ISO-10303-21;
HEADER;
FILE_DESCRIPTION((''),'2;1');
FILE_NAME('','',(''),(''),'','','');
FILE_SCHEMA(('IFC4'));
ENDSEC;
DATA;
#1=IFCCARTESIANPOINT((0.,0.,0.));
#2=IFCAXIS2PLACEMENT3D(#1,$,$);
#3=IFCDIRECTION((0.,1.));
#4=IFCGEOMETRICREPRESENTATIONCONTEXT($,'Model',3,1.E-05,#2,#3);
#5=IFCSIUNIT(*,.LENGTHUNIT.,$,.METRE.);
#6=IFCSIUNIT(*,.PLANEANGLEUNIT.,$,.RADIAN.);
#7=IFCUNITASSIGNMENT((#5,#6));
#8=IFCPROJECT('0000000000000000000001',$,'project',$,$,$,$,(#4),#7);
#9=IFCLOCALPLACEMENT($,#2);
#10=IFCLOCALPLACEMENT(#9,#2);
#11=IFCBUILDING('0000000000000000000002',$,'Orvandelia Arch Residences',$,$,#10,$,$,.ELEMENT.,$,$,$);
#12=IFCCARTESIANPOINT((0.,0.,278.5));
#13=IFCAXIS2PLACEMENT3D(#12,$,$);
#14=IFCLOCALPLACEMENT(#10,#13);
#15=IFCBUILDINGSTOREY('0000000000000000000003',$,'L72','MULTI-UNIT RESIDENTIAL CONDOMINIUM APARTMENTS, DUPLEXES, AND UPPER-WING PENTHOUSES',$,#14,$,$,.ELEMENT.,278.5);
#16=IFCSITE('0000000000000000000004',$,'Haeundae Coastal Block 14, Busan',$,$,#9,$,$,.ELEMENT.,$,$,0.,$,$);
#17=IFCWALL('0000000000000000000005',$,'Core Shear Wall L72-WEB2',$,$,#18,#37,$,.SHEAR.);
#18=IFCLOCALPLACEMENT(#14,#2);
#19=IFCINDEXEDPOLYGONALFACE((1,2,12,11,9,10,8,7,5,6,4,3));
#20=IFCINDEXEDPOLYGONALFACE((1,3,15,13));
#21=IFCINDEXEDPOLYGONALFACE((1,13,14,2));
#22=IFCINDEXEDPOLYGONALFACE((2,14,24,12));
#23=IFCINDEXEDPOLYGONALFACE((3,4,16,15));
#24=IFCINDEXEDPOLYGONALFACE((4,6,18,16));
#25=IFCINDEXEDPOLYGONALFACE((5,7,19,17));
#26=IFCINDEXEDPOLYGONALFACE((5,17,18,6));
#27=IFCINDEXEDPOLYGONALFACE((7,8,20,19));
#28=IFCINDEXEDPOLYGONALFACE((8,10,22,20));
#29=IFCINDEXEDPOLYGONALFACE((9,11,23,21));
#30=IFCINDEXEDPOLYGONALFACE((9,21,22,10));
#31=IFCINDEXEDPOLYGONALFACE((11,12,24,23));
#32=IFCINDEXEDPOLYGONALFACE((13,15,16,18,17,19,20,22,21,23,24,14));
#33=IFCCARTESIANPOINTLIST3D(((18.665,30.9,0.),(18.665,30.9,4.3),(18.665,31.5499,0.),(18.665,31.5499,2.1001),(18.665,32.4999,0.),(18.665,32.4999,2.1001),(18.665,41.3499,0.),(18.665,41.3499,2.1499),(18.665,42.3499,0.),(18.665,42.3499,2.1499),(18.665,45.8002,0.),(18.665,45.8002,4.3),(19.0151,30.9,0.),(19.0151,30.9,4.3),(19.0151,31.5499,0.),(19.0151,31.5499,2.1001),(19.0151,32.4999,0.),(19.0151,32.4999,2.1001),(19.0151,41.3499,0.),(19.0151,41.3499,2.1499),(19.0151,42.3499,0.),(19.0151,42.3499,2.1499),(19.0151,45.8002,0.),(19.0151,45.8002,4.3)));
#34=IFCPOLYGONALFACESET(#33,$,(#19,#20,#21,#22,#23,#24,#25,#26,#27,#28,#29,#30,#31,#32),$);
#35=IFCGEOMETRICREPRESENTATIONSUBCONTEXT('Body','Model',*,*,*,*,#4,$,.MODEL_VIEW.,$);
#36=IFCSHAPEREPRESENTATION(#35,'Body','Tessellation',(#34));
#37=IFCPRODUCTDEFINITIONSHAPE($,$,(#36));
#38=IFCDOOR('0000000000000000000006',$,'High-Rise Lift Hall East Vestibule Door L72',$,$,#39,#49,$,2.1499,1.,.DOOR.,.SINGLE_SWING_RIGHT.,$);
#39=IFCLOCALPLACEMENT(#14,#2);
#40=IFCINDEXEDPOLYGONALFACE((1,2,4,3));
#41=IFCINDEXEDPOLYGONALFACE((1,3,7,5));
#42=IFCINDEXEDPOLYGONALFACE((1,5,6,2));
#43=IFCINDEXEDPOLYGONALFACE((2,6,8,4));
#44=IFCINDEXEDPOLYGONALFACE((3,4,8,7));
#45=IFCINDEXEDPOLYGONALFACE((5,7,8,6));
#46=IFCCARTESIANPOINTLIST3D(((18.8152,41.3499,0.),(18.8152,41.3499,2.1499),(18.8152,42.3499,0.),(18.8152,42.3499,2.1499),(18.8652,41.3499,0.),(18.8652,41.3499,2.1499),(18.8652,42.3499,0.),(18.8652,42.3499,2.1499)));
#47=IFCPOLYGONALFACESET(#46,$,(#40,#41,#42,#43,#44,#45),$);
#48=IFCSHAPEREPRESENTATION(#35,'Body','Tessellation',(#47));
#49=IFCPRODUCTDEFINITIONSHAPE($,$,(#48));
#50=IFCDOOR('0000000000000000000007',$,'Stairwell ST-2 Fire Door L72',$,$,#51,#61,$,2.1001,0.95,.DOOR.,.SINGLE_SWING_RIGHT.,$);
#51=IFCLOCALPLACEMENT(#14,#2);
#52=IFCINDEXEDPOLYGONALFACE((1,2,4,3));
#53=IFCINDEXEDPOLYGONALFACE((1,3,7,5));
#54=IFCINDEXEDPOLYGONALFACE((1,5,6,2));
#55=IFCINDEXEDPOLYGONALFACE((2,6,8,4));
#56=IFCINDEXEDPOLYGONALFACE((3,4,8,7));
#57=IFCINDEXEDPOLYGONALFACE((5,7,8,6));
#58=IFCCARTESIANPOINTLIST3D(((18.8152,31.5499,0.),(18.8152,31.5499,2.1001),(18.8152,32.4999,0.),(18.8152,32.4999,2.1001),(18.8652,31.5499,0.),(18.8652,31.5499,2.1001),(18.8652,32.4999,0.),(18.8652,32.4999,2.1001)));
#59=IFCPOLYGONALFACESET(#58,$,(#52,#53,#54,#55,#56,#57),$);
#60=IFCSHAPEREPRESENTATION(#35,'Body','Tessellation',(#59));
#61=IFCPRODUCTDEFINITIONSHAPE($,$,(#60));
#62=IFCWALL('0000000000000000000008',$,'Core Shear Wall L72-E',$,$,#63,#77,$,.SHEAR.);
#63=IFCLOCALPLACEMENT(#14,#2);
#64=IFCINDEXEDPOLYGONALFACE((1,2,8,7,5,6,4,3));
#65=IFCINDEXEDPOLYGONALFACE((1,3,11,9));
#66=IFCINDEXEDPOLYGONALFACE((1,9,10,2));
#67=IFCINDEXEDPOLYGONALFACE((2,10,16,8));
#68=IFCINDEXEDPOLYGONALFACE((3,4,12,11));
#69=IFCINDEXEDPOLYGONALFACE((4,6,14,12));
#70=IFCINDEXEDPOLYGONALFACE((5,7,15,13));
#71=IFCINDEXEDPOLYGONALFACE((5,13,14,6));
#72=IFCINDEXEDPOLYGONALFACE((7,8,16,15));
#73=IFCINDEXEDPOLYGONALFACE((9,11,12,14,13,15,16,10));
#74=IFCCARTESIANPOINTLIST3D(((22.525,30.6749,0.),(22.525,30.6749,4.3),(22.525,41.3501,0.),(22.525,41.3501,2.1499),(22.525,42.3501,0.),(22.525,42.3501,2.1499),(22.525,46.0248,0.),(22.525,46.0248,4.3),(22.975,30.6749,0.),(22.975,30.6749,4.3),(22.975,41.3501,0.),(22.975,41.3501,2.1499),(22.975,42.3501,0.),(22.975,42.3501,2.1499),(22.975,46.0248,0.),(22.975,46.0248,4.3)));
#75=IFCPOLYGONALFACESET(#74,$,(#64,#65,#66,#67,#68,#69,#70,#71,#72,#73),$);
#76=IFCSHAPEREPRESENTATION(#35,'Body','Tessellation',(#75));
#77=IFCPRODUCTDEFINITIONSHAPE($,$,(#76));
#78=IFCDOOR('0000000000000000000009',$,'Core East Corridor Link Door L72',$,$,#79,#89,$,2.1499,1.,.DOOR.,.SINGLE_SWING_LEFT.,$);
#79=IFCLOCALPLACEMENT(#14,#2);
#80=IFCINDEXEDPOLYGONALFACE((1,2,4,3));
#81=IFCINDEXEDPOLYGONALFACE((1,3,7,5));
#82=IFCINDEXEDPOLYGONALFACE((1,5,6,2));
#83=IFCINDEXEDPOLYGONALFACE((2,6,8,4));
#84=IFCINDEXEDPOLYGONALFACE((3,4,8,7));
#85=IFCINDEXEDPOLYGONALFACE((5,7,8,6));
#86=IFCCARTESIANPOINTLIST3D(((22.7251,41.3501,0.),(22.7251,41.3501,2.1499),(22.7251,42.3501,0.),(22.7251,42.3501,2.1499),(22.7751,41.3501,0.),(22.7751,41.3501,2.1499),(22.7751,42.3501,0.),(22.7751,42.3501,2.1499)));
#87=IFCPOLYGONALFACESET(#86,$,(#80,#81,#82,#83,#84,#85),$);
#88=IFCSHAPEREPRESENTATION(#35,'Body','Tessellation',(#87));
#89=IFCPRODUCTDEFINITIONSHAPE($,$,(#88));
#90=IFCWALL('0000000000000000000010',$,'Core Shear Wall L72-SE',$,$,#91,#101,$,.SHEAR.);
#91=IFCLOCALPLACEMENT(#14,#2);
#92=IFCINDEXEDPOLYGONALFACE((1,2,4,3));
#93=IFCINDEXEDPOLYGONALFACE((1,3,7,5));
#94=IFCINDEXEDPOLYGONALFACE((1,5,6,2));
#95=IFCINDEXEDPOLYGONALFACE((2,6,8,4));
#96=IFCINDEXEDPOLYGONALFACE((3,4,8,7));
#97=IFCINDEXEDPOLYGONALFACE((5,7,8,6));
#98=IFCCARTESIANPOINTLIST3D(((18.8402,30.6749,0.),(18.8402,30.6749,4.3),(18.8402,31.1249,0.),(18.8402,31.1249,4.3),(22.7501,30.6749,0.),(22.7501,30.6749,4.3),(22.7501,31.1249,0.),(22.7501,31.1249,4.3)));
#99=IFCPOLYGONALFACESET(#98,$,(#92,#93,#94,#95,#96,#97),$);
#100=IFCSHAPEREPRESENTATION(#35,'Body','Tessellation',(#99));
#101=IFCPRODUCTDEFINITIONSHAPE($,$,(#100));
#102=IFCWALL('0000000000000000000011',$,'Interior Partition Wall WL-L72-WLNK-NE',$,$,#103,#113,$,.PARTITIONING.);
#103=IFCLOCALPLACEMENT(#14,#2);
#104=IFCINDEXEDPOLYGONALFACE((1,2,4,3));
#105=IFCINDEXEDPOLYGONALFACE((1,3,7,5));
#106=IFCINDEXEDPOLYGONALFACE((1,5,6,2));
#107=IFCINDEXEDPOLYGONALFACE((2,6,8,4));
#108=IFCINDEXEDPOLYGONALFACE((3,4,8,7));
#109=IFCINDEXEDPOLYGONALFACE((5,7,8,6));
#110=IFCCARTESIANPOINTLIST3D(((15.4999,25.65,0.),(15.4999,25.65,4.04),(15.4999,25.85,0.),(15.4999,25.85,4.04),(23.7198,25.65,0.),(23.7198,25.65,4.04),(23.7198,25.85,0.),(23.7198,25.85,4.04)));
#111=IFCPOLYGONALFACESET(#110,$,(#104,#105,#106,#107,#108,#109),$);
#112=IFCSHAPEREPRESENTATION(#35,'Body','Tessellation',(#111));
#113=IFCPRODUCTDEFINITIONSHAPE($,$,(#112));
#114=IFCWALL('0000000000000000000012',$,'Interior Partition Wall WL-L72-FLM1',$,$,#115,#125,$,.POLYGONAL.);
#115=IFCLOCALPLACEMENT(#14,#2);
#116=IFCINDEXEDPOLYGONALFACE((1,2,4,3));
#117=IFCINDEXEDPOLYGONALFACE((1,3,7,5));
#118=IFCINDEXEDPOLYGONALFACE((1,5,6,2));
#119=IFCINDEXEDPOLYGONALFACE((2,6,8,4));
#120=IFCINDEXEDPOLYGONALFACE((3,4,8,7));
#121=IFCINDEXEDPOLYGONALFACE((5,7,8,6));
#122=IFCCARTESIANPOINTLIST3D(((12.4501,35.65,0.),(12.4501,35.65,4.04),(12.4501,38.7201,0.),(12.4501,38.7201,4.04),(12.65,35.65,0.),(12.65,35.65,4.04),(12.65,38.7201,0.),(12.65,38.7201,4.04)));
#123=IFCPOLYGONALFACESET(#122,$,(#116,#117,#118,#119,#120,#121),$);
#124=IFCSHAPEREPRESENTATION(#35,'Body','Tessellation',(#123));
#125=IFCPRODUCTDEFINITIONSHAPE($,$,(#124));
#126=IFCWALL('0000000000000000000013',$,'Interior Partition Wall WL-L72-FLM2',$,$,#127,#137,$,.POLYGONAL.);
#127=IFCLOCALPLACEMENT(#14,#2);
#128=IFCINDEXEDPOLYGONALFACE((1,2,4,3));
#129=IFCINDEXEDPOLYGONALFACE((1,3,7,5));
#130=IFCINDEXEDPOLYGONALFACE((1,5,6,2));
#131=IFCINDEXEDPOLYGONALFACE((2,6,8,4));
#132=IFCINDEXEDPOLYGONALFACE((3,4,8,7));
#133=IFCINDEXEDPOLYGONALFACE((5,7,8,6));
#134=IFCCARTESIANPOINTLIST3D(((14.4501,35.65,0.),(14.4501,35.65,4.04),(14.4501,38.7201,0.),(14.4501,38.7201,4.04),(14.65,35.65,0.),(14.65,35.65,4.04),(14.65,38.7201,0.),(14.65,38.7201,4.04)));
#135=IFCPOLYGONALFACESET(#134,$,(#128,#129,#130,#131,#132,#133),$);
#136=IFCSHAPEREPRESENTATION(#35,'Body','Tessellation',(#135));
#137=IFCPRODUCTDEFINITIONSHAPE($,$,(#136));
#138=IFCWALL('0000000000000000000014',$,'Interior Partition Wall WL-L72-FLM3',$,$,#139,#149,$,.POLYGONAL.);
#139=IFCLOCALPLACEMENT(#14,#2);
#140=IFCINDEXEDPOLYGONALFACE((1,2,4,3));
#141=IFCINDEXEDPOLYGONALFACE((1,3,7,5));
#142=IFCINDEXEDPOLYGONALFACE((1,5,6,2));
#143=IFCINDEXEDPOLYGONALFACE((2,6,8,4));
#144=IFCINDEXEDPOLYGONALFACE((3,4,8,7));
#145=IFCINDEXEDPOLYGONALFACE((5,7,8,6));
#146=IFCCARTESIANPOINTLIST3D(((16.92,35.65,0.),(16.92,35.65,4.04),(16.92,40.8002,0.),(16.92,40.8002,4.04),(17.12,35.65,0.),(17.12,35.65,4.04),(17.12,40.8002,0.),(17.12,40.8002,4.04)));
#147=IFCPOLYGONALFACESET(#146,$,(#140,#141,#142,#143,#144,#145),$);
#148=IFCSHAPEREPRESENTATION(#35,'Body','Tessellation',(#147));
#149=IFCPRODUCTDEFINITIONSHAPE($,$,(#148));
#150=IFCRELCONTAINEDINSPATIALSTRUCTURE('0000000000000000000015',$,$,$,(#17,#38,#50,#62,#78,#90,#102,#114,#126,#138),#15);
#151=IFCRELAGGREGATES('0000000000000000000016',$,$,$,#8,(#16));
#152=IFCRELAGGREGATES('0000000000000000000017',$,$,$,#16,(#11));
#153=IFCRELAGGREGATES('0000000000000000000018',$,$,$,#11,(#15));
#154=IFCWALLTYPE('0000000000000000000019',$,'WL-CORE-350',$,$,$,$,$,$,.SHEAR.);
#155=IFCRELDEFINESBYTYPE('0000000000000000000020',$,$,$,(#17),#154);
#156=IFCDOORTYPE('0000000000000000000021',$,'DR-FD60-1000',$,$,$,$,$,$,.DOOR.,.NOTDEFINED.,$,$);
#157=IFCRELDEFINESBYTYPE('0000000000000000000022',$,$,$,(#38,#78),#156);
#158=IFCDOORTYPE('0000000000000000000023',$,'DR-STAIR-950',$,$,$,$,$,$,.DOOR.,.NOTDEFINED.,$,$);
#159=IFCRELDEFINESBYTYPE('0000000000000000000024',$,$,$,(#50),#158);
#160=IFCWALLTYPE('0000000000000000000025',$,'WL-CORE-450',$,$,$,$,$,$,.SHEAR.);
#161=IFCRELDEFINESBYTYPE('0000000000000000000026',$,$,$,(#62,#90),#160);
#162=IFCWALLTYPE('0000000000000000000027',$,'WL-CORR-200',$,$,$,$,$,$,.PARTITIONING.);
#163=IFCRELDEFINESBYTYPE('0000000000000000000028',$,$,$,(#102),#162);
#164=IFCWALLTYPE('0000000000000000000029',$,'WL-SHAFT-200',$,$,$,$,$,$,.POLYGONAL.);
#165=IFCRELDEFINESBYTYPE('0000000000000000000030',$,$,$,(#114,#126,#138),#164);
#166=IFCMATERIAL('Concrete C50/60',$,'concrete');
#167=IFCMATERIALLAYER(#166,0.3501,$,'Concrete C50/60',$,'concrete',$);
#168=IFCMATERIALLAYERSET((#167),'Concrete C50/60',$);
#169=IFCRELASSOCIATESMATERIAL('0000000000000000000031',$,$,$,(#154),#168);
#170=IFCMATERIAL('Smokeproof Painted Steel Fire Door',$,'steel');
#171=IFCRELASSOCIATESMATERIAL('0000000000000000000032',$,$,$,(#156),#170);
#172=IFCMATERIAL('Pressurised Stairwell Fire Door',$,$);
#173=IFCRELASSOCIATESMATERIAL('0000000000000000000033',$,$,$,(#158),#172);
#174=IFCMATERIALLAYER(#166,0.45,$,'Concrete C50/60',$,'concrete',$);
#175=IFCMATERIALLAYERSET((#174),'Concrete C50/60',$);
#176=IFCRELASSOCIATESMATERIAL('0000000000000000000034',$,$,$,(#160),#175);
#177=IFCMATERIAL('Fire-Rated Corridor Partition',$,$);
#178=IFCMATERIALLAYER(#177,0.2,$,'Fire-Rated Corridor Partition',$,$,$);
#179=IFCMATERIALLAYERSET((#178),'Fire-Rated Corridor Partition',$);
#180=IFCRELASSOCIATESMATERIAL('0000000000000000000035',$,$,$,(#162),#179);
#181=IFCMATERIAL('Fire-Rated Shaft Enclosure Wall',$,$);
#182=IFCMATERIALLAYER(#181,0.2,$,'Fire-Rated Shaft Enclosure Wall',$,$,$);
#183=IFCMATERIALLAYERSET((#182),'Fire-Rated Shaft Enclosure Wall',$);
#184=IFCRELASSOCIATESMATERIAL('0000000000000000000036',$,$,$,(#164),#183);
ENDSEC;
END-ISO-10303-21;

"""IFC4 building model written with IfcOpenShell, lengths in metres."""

from ifc_helpers import new_model, si_unit, direction, frame, frame_2d, origin, place, context, subcontext, project, spatial, rectangle, extrude, material, layer, layer_set, type_object, element, fill, save


model = new_model("IFC4")

# Units and contexts
model_context = context("Model", 3, precision=1e-05, world=origin(), true_north=direction((0.0, 1.0)))
body_context = subcontext(model_context, "Body", "Model", "MODEL_VIEW")
ifc_project = project(units=[si_unit("LENGTHUNIT", "METRE"), si_unit("PLANEANGLEUNIT", "RADIAN")], contexts=[model_context])

# Site, building, storey
site_placement = place(None, origin())
site = spatial("IfcSite", under=ifc_project, at=site_placement, Name="Haeundae Coastal Block 14, Busan", CompositionType="ELEMENT", RefElevation=0.0)
building_placement = place(site_placement, origin())
building = spatial("IfcBuilding", under=site, at=building_placement, Name="Orvandelia Arch Residences", CompositionType="ELEMENT")
storey_placement = place(building_placement, frame((0.0, 0.0, 278.5)))
storey = spatial("IfcBuildingStorey", under=building, at=storey_placement, Name="L72", Description="MULTI-UNIT RESIDENTIAL CONDOMINIUM APARTMENTS, DUPLEXES, AND UPPER-WING PENTHOUSES", CompositionType="ELEMENT", Elevation=278.5)

# Shared definitions
ifc_material_1 = material(Name="Concrete C50/60", Category="concrete")

# Wall, openings, doors
ifc_layer_1 = layer(ifc_material_1, 0.3501, Name="Concrete C50/60", Category="concrete")
ifc_layer_set_1 = layer_set([ifc_layer_1], Name="Concrete C50/60")
wall_type_1 = type_object("IfcWallType", Name="WL-CORE-350", PredefinedType="SHEAR", material=ifc_layer_set_1)
wall_1_placement = place(storey_placement, frame((18.8401, 30.8999, 0.0), z_axis=(0.0, 0.0, 1.0), x_axis=(0.0, 1.0, 0.0)))
wall_1 = element("IfcWall", 1, at=wall_1_placement, inside=storey, type_object=wall_type_1, Name="Core Shear Wall L72-WEB2", PredefinedType="SHEAR", context=body_context, shape_type="SweptSolid", body=[
    extrude(rectangle(XDim=14.9001, YDim=0.3501, at=frame_2d((7.4502, 0.0))), origin(), (0.0, 0.0, 1.0), 4.3),
])
opening_1_placement = place(wall_1_placement, frame((0.6499, 0.0, 0.0)))
opening_1 = element("IfcOpeningElement", 2, at=opening_1_placement, cuts=wall_1, PredefinedType="OPENING", context=body_context, shape_type="SweptSolid", body=[
    extrude(rectangle(XDim=0.95, YDim=2.1001, at=frame_2d((0.4751, 1.05))), frame((0.0, 0.1851, 0.0), z_axis=(0.0, -1.0, 0.0), x_axis=(1.0, 0.0, 0.0)), (0.0, 0.0, 1.0), 0.3701),
])
opening_2_placement = place(wall_1_placement, frame((10.45, 0.0, 0.0)))
opening_2 = element("IfcOpeningElement", 3, at=opening_2_placement, cuts=wall_1, PredefinedType="OPENING", context=body_context, shape_type="SweptSolid", body=[
    extrude(rectangle(XDim=1.0, YDim=2.1499, at=frame_2d((0.5, 1.075))), frame((0.0, 0.1851, 0.0), z_axis=(0.0, -1.0, 0.0), x_axis=(1.0, 0.0, 0.0)), (0.0, 0.0, 1.0), 0.3701),
])
ifc_material_2 = material(Name="Smokeproof Painted Steel Fire Door", Category="steel")
door_type_1 = type_object("IfcDoorType", Name="DR-FD60-1000", OperationType="NOTDEFINED", PredefinedType="DOOR", material=ifc_material_2)
door_1_placement = place(opening_2_placement, origin())
door_1 = element("IfcDoor", 4, at=door_1_placement, inside=storey, type_object=door_type_1, Name="High-Rise Lift Hall East Vestibule Door L72", OperationType="SINGLE_SWING_RIGHT", OverallHeight=2.1499, OverallWidth=1.0, PredefinedType="DOOR", context=body_context, shape_type="SweptSolid", body=[
    extrude(rectangle(XDim=1.0, YDim=2.1499, at=frame_2d((0.5, 1.075))), frame((0.0, 0.0249, 0.0), z_axis=(0.0, -1.0, 0.0), x_axis=(1.0, 0.0, 0.0)), (0.0, 0.0, 1.0), 0.05),
])
fill(opening_2, door_1)
ifc_material_3 = material(Name="Pressurised Stairwell Fire Door")
door_type_2 = type_object("IfcDoorType", Name="DR-STAIR-950", OperationType="NOTDEFINED", PredefinedType="DOOR", material=ifc_material_3)
door_2_placement = place(opening_1_placement, origin())
door_2 = element("IfcDoor", 5, at=door_2_placement, inside=storey, type_object=door_type_2, Name="Stairwell ST-2 Fire Door L72", OperationType="SINGLE_SWING_RIGHT", OverallHeight=2.1001, OverallWidth=0.95, PredefinedType="DOOR", context=body_context, shape_type="SweptSolid", body=[
    extrude(rectangle(XDim=0.95, YDim=2.1001, at=frame_2d((0.4751, 1.05))), frame((0.0, 0.0249, 0.0), z_axis=(0.0, -1.0, 0.0), x_axis=(1.0, 0.0, 0.0)), (0.0, 0.0, 1.0), 0.05),
])
fill(opening_1, door_2)

# Wall, opening, door
ifc_layer_2 = layer(ifc_material_1, 0.45, Name="Concrete C50/60", Category="concrete")
ifc_layer_set_2 = layer_set([ifc_layer_2], Name="Concrete C50/60")
wall_type_2 = type_object("IfcWallType", Name="WL-CORE-450", PredefinedType="SHEAR", material=ifc_layer_set_2)
wall_2_placement = place(storey_placement, frame((22.75, 30.675, 0.0), z_axis=(0.0, 0.0, 1.0), x_axis=(0.0, 1.0, 0.0)))
wall_2 = element("IfcWall", 6, at=wall_2_placement, inside=storey, type_object=wall_type_2, Name="Core Shear Wall L72-E", PredefinedType="SHEAR", context=body_context, shape_type="SweptSolid", body=[
    extrude(rectangle(XDim=15.3499, YDim=0.45, at=frame_2d((7.6748, 0.0))), origin(), (0.0, 0.0, 1.0), 4.3),
])
opening_3_placement = place(wall_2_placement, frame((10.675, 0.0, 0.0)))
opening_3 = element("IfcOpeningElement", 7, at=opening_3_placement, cuts=wall_2, PredefinedType="OPENING", context=body_context, shape_type="SweptSolid", body=[
    extrude(rectangle(XDim=1.0, YDim=2.1499, at=frame_2d((0.5, 1.075))), frame((0.0, 0.2349, 0.0), z_axis=(0.0, -1.0, 0.0), x_axis=(1.0, 0.0, 0.0)), (0.0, 0.0, 1.0), 0.47),
])
door_3_placement = place(opening_3_placement, origin())
door_3 = element("IfcDoor", 8, at=door_3_placement, inside=storey, type_object=door_type_1, Name="Core East Corridor Link Door L72", OperationType="SINGLE_SWING_LEFT", OverallHeight=2.1499, OverallWidth=1.0, PredefinedType="DOOR", context=body_context, shape_type="SweptSolid", body=[
    extrude(rectangle(XDim=1.0, YDim=2.1499, at=frame_2d((0.5, 1.075))), frame((0.0, 0.0249, 0.0), z_axis=(0.0, -1.0, 0.0), x_axis=(1.0, 0.0, 0.0)), (0.0, 0.0, 1.0), 0.05),
])
fill(opening_3, door_3)

# Walls
wall_3_placement = place(storey_placement, frame((18.8401, 30.8999, 0.0), z_axis=(0.0, 0.0, 1.0), x_axis=(1.0, 0.0, 0.0)))
element("IfcWall", 9, at=wall_3_placement, inside=storey, type_object=wall_type_2, Name="Core Shear Wall L72-SE", PredefinedType="SHEAR", context=body_context, shape_type="SweptSolid", body=[
    extrude(rectangle(XDim=3.9099, YDim=0.45, at=frame_2d((1.9551, 0.0))), origin(), (0.0, 0.0, 1.0), 4.3),
])
ifc_material_4 = material(Name="Fire-Rated Corridor Partition")
ifc_layer_3 = layer(ifc_material_4, 0.2, Name="Fire-Rated Corridor Partition")
ifc_layer_set_3 = layer_set([ifc_layer_3], Name="Fire-Rated Corridor Partition")
wall_type_3 = type_object("IfcWallType", Name="WL-CORR-200", PredefinedType="PARTITIONING", material=ifc_layer_set_3)
wall_4_placement = place(storey_placement, frame((15.5, 25.75, 0.0), z_axis=(0.0, 0.0, 1.0), x_axis=(1.0, 0.0, 0.0)))
element("IfcWall", 10, at=wall_4_placement, inside=storey, type_object=wall_type_3, Name="Interior Partition Wall WL-L72-WLNK-NE", PredefinedType="PARTITIONING", context=body_context, shape_type="SweptSolid", body=[
    extrude(rectangle(XDim=8.22, YDim=0.2, at=frame_2d((4.1099, 0.0))), origin(), (0.0, 0.0, 1.0), 4.04),
])
ifc_material_5 = material(Name="Fire-Rated Shaft Enclosure Wall")
ifc_layer_4 = layer(ifc_material_5, 0.2, Name="Fire-Rated Shaft Enclosure Wall")
ifc_layer_set_4 = layer_set([ifc_layer_4], Name="Fire-Rated Shaft Enclosure Wall")
wall_type_4 = type_object("IfcWallType", Name="WL-SHAFT-200", PredefinedType="POLYGONAL", material=ifc_layer_set_4)
for number, where, z_axis, x_axis, name in (
    (11, (12.55, 35.6499, 0.0), (0.0, 0.0, 1.0), (0.0, 1.0, 0.0), "Interior Partition Wall WL-L72-FLM1"),
    (12, (14.55, 35.6499, 0.0), (0.0, 0.0, 1.0), (0.0, 1.0, 0.0), "Interior Partition Wall WL-L72-FLM2"),
):
    element("IfcWall", number, at=place(storey_placement, frame(where, z_axis=z_axis, x_axis=x_axis)), inside=storey, type_object=wall_type_4, Name=name, PredefinedType="POLYGONAL", context=body_context, shape_type="SweptSolid", body=[
        extrude(rectangle(XDim=3.0701, YDim=0.2, at=frame_2d((1.5352, 0.0))), origin(), (0.0, 0.0, 1.0), 4.04),
    ])
wall_5_placement = place(storey_placement, frame((17.02, 35.6499, 0.0), z_axis=(0.0, 0.0, 1.0), x_axis=(0.0, 1.0, 0.0)))
element("IfcWall", 13, at=wall_5_placement, inside=storey, type_object=wall_type_4, Name="Interior Partition Wall WL-L72-FLM3", PredefinedType="POLYGONAL", context=body_context, shape_type="SweptSolid", body=[
    extrude(rectangle(XDim=5.1501, YDim=0.2, at=frame_2d((2.5752, 0.0))), origin(), (0.0, 0.0, 1.0), 4.04),
])

save(model, "model.ifc")
